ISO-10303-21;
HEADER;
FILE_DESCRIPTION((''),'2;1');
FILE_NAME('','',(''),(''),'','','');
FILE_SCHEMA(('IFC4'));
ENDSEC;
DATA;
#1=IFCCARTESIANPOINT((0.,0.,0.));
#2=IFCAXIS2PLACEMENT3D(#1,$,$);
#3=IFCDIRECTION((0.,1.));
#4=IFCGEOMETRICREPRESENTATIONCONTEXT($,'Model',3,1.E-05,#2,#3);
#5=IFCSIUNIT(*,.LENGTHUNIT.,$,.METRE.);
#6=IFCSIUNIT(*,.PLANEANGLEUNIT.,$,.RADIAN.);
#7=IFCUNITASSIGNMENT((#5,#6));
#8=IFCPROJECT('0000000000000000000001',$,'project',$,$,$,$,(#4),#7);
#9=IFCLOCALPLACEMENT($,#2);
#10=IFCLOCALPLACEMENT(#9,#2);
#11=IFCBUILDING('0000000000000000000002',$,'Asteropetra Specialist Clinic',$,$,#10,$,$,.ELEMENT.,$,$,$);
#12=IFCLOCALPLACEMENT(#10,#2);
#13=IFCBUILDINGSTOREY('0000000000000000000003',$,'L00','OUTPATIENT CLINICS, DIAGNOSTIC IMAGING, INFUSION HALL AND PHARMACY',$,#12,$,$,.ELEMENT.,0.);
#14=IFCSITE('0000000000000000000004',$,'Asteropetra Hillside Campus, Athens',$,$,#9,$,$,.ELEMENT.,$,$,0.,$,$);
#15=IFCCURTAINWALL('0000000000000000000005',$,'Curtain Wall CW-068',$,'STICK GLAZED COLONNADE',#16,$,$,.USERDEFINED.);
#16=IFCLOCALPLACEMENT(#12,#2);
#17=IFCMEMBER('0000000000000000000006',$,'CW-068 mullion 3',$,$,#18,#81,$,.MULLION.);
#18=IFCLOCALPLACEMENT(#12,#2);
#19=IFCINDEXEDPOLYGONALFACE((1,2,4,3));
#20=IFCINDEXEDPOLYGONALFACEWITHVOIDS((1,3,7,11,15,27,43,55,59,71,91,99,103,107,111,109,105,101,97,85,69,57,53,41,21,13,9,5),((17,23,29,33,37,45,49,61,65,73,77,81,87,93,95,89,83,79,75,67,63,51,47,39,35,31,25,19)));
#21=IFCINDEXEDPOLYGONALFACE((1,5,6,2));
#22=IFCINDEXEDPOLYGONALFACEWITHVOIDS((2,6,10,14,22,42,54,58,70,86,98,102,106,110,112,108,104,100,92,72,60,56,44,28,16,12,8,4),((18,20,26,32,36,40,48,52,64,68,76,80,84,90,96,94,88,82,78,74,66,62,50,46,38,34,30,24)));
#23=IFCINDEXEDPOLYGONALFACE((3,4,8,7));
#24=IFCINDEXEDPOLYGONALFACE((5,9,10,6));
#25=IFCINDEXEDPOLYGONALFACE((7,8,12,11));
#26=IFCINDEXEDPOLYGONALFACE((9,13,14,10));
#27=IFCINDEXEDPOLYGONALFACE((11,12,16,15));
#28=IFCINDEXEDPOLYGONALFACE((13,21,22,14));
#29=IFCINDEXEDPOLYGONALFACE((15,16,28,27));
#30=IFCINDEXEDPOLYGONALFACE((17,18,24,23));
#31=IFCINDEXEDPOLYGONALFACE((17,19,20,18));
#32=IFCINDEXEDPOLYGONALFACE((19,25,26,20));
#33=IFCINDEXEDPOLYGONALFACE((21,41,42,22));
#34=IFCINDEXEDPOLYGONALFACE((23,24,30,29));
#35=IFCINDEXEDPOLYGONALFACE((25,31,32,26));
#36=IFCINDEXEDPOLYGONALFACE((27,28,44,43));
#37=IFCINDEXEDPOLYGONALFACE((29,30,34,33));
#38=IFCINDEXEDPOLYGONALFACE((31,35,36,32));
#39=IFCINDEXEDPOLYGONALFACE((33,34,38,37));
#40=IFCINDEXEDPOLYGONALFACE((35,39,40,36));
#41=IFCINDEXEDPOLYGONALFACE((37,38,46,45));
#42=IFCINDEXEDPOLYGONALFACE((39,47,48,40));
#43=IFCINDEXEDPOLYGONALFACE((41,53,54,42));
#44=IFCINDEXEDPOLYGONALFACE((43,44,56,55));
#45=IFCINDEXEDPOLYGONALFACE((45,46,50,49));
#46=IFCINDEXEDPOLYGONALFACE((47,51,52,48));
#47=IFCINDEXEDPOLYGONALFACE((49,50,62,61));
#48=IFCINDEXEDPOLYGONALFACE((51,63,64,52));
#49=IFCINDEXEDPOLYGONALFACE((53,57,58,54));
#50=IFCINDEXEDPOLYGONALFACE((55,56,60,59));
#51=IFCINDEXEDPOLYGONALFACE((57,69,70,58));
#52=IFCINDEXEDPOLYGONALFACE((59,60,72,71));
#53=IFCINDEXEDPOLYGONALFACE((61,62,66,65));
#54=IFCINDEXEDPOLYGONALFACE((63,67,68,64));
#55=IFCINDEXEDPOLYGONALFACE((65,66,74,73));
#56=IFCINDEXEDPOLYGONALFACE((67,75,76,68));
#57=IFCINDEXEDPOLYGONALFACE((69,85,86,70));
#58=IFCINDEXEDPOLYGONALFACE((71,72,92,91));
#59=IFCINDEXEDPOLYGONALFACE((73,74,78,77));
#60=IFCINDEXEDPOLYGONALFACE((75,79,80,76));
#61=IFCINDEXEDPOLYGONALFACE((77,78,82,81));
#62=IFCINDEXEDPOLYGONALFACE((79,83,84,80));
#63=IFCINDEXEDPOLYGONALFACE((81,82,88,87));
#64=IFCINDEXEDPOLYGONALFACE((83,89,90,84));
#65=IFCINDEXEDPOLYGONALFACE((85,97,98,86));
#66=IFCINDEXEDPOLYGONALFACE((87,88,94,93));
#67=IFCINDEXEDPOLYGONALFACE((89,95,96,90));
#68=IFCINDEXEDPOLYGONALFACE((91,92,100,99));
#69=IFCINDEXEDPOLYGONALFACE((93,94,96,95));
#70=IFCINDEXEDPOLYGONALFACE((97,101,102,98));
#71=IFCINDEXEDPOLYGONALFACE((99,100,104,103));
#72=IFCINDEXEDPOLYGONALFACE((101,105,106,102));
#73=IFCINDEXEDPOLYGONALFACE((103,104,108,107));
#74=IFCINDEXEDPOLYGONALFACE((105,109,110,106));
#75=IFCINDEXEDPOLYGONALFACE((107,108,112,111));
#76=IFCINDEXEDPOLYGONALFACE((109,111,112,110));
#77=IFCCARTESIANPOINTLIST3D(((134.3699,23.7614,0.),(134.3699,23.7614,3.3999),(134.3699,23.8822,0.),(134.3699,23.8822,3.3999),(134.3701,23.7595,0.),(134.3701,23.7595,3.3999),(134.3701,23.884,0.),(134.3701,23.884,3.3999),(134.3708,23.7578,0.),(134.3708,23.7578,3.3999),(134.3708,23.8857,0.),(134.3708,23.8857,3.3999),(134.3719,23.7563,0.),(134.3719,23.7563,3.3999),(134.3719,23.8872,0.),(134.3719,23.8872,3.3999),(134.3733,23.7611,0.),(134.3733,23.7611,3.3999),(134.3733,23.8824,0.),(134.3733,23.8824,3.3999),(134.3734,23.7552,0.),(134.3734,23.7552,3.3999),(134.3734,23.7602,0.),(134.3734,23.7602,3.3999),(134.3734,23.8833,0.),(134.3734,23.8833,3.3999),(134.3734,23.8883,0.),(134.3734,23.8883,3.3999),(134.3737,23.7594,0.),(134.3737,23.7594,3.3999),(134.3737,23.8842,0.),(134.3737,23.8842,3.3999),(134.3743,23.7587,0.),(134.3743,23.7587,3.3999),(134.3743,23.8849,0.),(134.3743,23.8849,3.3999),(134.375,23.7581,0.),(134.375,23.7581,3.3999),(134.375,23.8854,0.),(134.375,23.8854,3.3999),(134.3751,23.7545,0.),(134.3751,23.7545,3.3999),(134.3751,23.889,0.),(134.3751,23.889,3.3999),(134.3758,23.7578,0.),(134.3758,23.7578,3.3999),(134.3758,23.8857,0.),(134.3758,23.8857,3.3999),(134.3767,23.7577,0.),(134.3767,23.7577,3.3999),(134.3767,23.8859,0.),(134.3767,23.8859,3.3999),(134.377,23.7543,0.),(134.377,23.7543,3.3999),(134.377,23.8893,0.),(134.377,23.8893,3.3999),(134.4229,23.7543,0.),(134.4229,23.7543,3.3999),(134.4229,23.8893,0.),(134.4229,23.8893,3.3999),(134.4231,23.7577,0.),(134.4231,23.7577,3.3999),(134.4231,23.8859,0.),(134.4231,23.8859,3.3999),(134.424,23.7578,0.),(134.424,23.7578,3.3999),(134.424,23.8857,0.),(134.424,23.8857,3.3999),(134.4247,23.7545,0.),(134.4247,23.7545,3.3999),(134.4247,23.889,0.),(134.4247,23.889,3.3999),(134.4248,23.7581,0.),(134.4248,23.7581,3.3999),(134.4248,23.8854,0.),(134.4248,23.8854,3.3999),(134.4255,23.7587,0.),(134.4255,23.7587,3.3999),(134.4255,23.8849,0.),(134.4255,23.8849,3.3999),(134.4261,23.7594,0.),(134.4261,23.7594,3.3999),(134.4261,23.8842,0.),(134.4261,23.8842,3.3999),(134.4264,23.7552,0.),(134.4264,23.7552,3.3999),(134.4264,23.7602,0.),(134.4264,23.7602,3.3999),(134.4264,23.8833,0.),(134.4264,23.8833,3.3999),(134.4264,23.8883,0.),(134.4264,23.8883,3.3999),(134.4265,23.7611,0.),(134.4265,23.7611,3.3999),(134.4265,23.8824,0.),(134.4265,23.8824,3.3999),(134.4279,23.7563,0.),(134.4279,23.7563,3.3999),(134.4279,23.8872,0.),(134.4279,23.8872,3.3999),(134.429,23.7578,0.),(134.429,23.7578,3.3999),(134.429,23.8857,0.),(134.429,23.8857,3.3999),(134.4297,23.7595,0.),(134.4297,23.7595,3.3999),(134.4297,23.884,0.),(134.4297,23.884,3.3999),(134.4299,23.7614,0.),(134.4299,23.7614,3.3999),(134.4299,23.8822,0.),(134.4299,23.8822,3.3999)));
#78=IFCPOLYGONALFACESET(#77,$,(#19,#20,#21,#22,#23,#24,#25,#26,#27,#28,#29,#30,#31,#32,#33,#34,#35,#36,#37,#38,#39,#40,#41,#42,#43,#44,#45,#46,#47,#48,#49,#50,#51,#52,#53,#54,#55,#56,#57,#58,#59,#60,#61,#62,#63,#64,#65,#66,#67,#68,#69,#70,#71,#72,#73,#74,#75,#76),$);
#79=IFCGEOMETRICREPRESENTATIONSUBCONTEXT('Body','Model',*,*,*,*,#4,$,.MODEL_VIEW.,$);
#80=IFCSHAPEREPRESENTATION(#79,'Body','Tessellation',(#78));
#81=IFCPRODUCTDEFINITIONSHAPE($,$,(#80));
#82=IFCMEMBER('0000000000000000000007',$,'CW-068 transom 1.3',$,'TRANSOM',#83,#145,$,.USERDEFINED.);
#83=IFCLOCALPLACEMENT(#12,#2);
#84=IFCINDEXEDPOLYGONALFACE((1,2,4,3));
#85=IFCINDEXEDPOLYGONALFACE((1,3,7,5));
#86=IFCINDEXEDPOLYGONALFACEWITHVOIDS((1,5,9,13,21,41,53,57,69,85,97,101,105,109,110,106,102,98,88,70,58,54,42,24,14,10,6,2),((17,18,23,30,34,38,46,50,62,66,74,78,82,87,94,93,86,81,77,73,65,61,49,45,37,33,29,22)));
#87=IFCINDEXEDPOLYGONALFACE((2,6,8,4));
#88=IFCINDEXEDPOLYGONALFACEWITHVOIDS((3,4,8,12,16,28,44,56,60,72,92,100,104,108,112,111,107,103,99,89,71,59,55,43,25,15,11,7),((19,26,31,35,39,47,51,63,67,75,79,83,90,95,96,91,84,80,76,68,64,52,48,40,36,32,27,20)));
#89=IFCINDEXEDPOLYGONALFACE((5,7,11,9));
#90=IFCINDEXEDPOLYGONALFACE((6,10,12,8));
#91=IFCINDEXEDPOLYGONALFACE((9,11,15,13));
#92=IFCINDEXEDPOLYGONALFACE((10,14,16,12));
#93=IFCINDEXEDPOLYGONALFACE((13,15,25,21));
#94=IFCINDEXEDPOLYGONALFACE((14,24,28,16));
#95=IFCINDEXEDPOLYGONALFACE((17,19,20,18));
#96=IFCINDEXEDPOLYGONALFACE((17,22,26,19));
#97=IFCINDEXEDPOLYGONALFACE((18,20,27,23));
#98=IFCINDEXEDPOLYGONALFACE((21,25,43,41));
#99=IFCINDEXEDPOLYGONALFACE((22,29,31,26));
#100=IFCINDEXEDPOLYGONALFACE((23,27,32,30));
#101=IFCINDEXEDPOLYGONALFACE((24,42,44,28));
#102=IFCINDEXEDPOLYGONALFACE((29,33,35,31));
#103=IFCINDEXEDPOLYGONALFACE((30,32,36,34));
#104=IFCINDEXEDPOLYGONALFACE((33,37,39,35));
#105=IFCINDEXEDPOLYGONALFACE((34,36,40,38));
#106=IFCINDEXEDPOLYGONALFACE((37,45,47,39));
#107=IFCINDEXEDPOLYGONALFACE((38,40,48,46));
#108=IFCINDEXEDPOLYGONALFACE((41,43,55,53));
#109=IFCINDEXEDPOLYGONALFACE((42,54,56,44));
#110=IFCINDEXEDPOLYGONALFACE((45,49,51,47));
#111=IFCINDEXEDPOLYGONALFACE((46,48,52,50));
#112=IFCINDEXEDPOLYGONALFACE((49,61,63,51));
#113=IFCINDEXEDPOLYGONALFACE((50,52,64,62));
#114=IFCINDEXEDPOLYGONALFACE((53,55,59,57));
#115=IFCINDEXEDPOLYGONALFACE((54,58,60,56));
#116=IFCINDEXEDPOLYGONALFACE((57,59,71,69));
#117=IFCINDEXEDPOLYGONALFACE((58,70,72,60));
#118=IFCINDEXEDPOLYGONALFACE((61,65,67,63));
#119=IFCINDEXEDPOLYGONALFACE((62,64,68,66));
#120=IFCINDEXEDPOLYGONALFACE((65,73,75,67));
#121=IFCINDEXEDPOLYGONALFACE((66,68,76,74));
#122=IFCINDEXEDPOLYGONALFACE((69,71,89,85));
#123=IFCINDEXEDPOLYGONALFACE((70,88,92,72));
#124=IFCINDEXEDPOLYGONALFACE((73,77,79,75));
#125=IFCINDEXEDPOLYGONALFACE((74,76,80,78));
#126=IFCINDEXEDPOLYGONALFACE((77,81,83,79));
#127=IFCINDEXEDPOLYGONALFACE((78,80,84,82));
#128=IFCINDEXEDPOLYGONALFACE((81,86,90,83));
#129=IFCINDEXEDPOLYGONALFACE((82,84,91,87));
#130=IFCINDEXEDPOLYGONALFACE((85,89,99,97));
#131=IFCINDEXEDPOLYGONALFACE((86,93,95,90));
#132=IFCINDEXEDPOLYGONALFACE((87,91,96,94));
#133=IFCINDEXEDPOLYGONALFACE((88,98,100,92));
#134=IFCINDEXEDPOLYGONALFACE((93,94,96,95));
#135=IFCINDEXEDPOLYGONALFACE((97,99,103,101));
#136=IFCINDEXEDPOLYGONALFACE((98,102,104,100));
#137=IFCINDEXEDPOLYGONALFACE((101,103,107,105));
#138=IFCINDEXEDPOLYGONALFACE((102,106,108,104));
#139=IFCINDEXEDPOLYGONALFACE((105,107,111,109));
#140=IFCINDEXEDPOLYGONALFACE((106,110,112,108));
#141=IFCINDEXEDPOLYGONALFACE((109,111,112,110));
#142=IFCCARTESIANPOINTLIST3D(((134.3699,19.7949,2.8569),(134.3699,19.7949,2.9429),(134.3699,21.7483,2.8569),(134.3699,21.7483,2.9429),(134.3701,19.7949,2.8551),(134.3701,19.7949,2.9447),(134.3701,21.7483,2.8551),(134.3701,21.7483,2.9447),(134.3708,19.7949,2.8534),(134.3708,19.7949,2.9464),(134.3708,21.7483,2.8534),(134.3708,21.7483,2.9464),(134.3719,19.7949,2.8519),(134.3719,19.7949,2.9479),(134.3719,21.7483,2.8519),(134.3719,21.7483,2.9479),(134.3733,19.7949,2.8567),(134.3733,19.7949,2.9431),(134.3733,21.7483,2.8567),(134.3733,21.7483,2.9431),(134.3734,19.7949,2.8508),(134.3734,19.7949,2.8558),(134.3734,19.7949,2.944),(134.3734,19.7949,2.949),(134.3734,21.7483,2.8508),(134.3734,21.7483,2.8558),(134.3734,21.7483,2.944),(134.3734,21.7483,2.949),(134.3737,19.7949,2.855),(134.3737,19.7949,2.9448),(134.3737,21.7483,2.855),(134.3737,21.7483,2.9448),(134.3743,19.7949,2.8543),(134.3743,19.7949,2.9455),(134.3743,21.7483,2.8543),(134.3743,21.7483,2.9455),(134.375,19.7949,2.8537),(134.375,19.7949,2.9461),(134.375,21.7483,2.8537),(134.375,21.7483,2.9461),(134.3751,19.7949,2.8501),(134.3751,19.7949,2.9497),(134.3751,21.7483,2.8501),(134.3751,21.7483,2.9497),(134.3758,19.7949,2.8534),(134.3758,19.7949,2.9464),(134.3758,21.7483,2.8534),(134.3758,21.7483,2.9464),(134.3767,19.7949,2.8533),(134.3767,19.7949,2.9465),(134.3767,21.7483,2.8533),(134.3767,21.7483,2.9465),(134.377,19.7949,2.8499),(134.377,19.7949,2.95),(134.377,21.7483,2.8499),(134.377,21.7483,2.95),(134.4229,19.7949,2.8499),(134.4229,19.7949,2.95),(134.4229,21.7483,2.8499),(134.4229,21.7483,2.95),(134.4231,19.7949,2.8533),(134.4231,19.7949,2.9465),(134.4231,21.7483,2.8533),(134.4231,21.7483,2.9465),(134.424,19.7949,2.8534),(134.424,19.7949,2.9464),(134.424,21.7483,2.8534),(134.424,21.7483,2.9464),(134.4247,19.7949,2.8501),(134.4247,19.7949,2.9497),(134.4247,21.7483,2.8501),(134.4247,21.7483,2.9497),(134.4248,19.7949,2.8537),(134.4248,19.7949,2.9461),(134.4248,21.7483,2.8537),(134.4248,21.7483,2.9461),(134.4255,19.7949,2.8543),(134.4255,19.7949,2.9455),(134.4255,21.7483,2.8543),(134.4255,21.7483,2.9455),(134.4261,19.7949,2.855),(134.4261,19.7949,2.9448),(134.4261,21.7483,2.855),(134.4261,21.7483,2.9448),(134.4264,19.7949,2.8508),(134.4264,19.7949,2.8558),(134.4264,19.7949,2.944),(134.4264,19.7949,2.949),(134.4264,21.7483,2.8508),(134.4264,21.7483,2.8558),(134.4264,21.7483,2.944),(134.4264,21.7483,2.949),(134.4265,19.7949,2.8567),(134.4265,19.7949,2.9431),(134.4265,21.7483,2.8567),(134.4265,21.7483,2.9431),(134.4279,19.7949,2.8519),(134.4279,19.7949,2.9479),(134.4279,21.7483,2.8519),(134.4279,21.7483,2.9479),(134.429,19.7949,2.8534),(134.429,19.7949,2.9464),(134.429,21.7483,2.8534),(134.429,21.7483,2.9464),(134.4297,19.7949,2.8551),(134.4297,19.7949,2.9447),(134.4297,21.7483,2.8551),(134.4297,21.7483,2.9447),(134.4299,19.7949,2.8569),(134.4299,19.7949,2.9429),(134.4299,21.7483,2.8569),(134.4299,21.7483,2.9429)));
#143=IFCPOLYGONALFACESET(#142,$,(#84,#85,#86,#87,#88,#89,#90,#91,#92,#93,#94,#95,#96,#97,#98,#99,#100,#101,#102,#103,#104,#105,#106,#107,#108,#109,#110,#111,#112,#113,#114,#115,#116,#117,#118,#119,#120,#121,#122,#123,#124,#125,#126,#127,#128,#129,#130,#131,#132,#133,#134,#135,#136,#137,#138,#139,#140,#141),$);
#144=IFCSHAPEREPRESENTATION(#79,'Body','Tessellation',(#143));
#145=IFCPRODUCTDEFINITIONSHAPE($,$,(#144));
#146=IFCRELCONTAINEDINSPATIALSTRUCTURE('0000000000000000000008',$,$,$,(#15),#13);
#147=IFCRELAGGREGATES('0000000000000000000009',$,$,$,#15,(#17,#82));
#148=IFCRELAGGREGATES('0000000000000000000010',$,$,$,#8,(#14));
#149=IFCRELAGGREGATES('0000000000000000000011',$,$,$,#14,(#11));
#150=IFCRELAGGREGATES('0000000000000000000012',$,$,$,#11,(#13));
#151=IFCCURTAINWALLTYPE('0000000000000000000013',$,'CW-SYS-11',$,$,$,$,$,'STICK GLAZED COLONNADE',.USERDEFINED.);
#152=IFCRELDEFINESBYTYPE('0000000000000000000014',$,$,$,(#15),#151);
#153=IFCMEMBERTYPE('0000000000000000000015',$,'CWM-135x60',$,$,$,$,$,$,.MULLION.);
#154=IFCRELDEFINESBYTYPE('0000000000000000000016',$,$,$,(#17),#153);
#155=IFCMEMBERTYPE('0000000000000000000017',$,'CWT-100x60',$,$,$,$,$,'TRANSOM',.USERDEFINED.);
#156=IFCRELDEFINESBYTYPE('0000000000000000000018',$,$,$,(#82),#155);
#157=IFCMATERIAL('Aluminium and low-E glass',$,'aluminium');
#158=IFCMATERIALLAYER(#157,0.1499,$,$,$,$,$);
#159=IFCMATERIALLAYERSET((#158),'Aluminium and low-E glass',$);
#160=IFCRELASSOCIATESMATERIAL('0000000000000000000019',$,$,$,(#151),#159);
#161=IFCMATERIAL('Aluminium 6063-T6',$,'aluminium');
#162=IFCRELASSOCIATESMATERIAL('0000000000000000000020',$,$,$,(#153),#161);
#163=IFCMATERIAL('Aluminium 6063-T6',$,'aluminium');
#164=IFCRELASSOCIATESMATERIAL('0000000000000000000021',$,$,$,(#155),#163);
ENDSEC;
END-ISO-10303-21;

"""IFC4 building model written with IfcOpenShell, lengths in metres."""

from ifc_helpers import new_model, si_unit, direction, frame, origin, origin_2d, place, context, subcontext, project, spatial, hollow_rectangle, extrude, material, layer, layer_set, material_profile, profile_set, type_object, element, aggregate, save


model = new_model("IFC4")

# Units and contexts
model_context = context("Model", 3, precision=1e-05, world=origin(), true_north=direction((0.0, 1.0)))
body_context = subcontext(model_context, "Body", "Model", "MODEL_VIEW")
ifc_project = project(units=[si_unit("LENGTHUNIT", "METRE"), si_unit("PLANEANGLEUNIT", "RADIAN")], contexts=[model_context])

# Site, building, storey
site_placement = place(None, origin())
site = spatial("IfcSite", under=ifc_project, at=site_placement, Name="Asteropetra Hillside Campus, Athens", CompositionType="ELEMENT", RefElevation=0.0)
building_placement = place(site_placement, origin())
building = spatial("IfcBuilding", under=site, at=building_placement, Name="Asteropetra Specialist Clinic", CompositionType="ELEMENT")
storey_placement = place(building_placement, origin())
storey = spatial("IfcBuildingStorey", under=building, at=storey_placement, Name="L00", Description="OUTPATIENT CLINICS, DIAGNOSTIC IMAGING, INFUSION HALL AND PHARMACY", CompositionType="ELEMENT", Elevation=0.0)

# Curtain wall, members
ifc_material_1 = material(Name="Aluminium and low-E glass", Category="aluminium")
ifc_layer_1 = layer(ifc_material_1, 0.1499)
ifc_layer_set_1 = layer_set([ifc_layer_1], Name="Aluminium and low-E glass")
curtain_wall_type = type_object("IfcCurtainWallType", Name="CW-SYS-11", ElementType="STICK GLAZED COLONNADE", PredefinedType="USERDEFINED", material=ifc_layer_set_1)
curtain_wall_placement = place(storey_placement, origin())
curtain_wall = element("IfcCurtainWall", 1, at=curtain_wall_placement, inside=storey, type_object=curtain_wall_type, Name="Curtain Wall CW-068", ObjectType="STICK GLAZED COLONNADE", PredefinedType="USERDEFINED")
ifc_material_2 = material(Name="Aluminium 6063-T6", Category="aluminium")
ifc_material_profile_1 = material_profile(ifc_material_2, hollow_rectangle(XDim=0.0601, YDim=0.135, WallThickness=0.0034, InnerFilletRadius=0.0034, OuterFilletRadius=0.0071, at=origin_2d()), Name="MUL 135x60x3.5")
ifc_profile_set_1 = profile_set([ifc_material_profile_1], Name="Aluminium 6063-T6")
member_type_1 = type_object("IfcMemberType", Name="CWM-135x60", PredefinedType="MULLION", material=ifc_profile_set_1)
member_1_placement = place(storey_placement, frame((134.3999, 23.8218, 0.0), z_axis=(0.0, 0.0, 1.0), x_axis=(-1.0, 0.0, 0.0)))
member_1 = element("IfcMember", 2, at=member_1_placement, type_object=member_type_1, Name="CW-068 mullion 3", PredefinedType="MULLION", context=body_context, shape_type="SweptSolid", body=[
    extrude(hollow_rectangle(XDim=0.0601, YDim=0.135, WallThickness=0.0034, InnerFilletRadius=0.0034, OuterFilletRadius=0.0071, at=origin_2d()), origin(), (0.0, 0.0, 1.0), 3.3999),
])
ifc_material_3 = material(Name="Aluminium 6063-T6", Category="aluminium")
ifc_material_profile_2 = material_profile(ifc_material_3, hollow_rectangle(XDim=0.0601, YDim=0.1001, WallThickness=0.0034, InnerFilletRadius=0.0034, OuterFilletRadius=0.0071, at=origin_2d()), Name="TRN 100x60x3.5")
ifc_profile_set_2 = profile_set([ifc_material_profile_2], Name="Aluminium 6063-T6")
member_type_2 = type_object("IfcMemberType", Name="CWT-100x60", ElementType="TRANSOM", PredefinedType="USERDEFINED", material=ifc_profile_set_2)
member_2_placement = place(storey_placement, frame((134.3999, 19.7949, 2.8999), z_axis=(0.0, 1.0, 0.0), x_axis=(-1.0, 0.0, 0.0)))
member_2 = element("IfcMember", 3, at=member_2_placement, type_object=member_type_2, Name="CW-068 transom 1.3", ObjectType="TRANSOM", PredefinedType="USERDEFINED", context=body_context, shape_type="SweptSolid", body=[
    extrude(hollow_rectangle(XDim=0.0601, YDim=0.1001, WallThickness=0.0034, InnerFilletRadius=0.0034, OuterFilletRadius=0.0071, at=origin_2d()), origin(), (0.0, 0.0, 1.0), 1.9534),
])
aggregate(curtain_wall, [member_1, member_2])

save(model, "model.ifc")
